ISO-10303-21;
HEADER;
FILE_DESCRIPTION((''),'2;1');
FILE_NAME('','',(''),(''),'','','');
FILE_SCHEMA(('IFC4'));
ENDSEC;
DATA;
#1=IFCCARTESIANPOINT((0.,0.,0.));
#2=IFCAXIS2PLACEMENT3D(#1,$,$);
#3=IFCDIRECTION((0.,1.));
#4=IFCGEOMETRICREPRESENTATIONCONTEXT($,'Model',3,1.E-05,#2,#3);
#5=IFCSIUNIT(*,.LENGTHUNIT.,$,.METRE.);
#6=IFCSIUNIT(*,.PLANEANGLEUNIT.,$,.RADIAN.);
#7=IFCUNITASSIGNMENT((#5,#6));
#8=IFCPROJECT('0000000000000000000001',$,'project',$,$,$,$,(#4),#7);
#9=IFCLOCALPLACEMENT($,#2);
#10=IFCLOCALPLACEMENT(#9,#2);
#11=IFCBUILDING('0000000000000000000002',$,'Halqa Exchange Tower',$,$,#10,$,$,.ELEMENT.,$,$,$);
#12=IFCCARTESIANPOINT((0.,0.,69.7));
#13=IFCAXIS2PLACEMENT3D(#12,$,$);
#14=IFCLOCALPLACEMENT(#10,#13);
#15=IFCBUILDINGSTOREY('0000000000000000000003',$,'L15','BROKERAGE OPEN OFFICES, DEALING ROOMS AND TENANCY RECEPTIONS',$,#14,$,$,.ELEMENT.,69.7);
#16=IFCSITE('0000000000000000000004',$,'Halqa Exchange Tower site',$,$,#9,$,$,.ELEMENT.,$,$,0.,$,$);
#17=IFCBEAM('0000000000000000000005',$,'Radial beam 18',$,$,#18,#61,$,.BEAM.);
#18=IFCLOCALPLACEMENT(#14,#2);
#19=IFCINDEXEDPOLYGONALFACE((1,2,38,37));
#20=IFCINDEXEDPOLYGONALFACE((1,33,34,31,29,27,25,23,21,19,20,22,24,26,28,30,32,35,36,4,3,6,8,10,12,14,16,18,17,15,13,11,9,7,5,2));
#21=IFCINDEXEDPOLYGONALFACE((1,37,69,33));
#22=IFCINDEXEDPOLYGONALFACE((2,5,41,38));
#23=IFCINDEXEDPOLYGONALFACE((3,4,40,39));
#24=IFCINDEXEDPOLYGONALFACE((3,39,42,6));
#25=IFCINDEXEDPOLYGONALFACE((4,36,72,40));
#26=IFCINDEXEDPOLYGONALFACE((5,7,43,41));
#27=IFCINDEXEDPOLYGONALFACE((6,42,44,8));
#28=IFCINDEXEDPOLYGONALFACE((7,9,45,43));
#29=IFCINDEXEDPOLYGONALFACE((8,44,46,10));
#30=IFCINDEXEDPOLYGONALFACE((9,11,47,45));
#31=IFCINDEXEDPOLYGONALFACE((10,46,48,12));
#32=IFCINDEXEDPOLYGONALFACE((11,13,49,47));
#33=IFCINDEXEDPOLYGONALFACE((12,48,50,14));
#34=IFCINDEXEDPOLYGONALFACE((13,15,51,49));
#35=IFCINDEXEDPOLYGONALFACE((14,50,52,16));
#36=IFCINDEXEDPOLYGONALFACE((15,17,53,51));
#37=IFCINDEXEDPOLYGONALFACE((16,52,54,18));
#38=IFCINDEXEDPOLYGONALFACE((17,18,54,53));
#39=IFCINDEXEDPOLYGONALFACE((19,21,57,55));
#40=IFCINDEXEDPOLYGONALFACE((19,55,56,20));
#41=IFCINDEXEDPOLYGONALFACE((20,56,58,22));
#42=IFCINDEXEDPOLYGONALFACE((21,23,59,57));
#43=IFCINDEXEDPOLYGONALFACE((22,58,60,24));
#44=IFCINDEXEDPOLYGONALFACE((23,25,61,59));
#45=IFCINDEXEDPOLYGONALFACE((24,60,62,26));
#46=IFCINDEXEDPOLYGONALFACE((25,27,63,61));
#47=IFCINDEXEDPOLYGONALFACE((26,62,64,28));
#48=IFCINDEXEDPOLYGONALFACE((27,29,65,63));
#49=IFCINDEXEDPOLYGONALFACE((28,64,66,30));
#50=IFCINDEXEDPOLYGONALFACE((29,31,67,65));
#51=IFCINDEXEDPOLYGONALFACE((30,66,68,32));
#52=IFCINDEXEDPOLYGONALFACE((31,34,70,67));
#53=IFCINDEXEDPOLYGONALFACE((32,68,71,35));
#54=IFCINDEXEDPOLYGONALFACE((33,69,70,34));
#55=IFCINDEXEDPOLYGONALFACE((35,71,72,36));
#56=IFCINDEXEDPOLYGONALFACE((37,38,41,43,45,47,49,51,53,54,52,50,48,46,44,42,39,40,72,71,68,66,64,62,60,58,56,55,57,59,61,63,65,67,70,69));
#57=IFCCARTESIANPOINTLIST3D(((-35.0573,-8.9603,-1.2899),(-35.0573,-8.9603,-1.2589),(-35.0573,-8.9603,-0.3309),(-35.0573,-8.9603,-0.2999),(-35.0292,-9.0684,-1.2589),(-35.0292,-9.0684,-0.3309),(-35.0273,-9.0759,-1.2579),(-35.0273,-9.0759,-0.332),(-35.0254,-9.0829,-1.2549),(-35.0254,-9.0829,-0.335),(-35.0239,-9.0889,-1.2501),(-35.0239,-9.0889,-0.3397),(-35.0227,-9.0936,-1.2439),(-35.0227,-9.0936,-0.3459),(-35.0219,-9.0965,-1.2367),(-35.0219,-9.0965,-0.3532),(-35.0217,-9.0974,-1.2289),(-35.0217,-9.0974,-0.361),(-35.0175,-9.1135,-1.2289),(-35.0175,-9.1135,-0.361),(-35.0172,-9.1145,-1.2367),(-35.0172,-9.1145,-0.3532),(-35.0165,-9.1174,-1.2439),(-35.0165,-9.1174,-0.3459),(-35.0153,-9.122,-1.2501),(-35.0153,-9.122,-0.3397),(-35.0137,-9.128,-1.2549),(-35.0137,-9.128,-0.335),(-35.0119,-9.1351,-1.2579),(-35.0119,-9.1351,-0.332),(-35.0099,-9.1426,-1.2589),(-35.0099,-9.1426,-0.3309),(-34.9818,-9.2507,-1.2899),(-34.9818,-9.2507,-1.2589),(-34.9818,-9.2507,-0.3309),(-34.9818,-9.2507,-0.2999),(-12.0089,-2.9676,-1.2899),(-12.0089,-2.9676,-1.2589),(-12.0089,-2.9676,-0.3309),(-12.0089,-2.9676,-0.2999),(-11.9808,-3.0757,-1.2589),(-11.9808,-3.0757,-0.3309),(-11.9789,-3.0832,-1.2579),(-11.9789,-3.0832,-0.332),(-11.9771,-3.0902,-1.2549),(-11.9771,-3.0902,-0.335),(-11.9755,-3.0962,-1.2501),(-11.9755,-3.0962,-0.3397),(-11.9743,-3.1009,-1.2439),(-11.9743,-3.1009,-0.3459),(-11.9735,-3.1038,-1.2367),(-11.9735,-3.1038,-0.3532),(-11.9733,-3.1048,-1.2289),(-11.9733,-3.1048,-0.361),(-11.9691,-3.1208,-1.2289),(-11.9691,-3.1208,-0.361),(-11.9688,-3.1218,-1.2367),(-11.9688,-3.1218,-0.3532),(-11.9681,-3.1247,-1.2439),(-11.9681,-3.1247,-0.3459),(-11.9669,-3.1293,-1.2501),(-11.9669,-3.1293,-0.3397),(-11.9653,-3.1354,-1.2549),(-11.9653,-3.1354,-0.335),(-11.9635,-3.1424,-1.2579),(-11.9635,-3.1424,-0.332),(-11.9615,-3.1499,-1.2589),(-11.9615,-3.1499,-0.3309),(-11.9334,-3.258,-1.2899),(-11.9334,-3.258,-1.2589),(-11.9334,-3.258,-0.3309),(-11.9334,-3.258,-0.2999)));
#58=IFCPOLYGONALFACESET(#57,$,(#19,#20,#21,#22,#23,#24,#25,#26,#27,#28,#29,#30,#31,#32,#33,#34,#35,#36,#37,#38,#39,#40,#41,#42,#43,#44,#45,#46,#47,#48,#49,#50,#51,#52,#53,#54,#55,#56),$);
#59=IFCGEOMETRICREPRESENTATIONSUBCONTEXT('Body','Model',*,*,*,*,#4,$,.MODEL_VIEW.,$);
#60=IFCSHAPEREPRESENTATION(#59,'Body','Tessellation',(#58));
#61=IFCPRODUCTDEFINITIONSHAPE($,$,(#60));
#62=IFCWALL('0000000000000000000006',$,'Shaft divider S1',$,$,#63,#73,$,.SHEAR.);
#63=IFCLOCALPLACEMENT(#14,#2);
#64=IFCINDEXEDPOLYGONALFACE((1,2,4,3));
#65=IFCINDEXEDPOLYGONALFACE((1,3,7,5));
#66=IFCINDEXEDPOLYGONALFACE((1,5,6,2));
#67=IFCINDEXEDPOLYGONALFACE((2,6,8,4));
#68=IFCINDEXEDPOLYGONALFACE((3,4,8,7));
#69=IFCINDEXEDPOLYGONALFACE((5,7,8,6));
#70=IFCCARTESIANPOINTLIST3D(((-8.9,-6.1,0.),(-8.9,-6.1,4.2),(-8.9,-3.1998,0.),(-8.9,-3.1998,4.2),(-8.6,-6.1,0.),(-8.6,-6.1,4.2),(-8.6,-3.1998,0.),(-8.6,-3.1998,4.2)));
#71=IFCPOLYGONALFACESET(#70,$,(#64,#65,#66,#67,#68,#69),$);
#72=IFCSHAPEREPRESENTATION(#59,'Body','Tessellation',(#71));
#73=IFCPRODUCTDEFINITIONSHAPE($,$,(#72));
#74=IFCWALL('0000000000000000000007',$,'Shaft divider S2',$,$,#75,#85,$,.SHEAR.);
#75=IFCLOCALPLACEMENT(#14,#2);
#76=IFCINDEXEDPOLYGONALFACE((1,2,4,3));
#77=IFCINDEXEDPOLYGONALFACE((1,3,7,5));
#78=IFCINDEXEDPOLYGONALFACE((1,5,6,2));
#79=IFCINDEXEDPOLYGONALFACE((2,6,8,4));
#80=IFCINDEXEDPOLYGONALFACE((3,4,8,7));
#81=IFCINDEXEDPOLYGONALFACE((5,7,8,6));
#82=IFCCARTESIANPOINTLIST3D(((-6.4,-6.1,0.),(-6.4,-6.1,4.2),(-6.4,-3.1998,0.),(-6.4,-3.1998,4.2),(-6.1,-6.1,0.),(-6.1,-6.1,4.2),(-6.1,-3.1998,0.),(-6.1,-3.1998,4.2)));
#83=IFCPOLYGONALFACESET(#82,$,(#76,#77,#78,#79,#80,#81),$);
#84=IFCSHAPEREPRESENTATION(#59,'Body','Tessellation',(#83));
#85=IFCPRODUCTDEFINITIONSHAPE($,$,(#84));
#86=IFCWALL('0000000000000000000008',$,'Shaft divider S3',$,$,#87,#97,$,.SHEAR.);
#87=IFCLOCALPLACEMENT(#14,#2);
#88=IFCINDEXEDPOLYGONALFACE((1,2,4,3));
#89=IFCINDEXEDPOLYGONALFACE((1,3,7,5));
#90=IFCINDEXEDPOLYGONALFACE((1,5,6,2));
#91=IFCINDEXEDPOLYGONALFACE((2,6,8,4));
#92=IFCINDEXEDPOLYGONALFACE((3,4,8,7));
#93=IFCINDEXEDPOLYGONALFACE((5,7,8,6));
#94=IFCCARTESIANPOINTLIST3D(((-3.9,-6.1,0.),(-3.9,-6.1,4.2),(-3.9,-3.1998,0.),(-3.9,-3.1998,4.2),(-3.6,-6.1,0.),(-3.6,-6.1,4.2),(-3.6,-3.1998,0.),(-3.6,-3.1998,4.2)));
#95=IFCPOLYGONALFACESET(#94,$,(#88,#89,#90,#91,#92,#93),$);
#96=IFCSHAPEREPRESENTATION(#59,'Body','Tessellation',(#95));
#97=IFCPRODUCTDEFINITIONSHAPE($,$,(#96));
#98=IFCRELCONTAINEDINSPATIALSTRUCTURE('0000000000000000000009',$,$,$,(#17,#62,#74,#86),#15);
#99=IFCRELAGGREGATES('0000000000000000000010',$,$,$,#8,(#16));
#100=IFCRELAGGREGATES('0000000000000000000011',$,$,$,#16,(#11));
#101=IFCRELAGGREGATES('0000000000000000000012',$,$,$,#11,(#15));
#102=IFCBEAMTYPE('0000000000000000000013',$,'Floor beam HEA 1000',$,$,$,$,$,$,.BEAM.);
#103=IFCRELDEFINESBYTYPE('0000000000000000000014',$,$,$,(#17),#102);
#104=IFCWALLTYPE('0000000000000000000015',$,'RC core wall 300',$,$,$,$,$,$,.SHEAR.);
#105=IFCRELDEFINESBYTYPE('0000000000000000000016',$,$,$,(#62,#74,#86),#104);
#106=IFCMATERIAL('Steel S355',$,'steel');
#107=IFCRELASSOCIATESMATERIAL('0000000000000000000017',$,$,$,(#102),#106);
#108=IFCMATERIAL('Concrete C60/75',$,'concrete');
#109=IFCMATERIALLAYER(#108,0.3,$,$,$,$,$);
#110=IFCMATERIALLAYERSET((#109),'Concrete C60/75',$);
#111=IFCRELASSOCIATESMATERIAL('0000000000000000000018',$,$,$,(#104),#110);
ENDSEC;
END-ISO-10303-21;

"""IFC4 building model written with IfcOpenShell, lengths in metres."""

from ifc_helpers import new_model, si_unit, direction, frame, frame_2d, origin, origin_2d, place, context, subcontext, project, spatial, rectangle, i_section, extrude, material, layer, layer_set, material_profile, profile_set, type_object, element, save


model = new_model("IFC4")

# Units and contexts
model_context = context("Model", 3, precision=1e-05, world=origin(), true_north=direction((0.0, 1.0)))
body_context = subcontext(model_context, "Body", "Model", "MODEL_VIEW")
ifc_project = project(units=[si_unit("LENGTHUNIT", "METRE"), si_unit("PLANEANGLEUNIT", "RADIAN")], contexts=[model_context])

# Site, building, storey
site_placement = place(None, origin())
site = spatial("IfcSite", under=ifc_project, at=site_placement, Name="Halqa Exchange Tower site", CompositionType="ELEMENT", RefElevation=0.0)
building_placement = place(site_placement, origin())
building = spatial("IfcBuilding", under=site, at=building_placement, Name="Halqa Exchange Tower", CompositionType="ELEMENT")
storey_placement = place(building_placement, frame((0.0, 0.0, 69.7)))
storey = spatial("IfcBuildingStorey", under=building, at=storey_placement, Name="L15", Description="BROKERAGE OPEN OFFICES, DEALING ROOMS AND TENANCY RECEPTIONS", CompositionType="ELEMENT", Elevation=69.7)

# Beam
ifc_material_1 = material(Name="Steel S355", Category="steel")
ifc_material_profile = material_profile(ifc_material_1, i_section(OverallWidth=0.3, OverallDepth=0.99, WebThickness=0.0166, FlangeThickness=0.031, FilletRadius=0.03, at=origin_2d()), Name="HEA 1000")
ifc_profile_set = profile_set([ifc_material_profile], Name="Steel S355")
beam_type = type_object("IfcBeamType", Name="Floor beam HEA 1000", PredefinedType="BEAM", material=ifc_profile_set)
beam_placement = place(storey_placement, frame((-11.9712, -3.1128, -0.7949), z_axis=(-0.967821, -0.251638, 0.0), x_axis=(0.251638, -0.967821, 0.0)))
element("IfcBeam", 1, at=beam_placement, inside=storey, type_object=beam_type, Name="Radial beam 18", PredefinedType="BEAM", context=body_context, shape_type="SweptSolid", body=[
    extrude(i_section(OverallWidth=0.3, OverallDepth=0.99, WebThickness=0.0166, FlangeThickness=0.031, FilletRadius=0.03, at=origin_2d()), origin(), (0.0, 0.0, 1.0), 23.8147),
])

# Walls
ifc_material_2 = material(Name="Concrete C60/75", Category="concrete")
ifc_layer_1 = layer(ifc_material_2, 0.3)
ifc_layer_set_1 = layer_set([ifc_layer_1], Name="Concrete C60/75")
wall_type_1 = type_object("IfcWallType", Name="RC core wall 300", PredefinedType="SHEAR", material=ifc_layer_set_1)
for number, where, z_axis, x_axis, name in (
    (2, (-8.75, -6.1001, 0.0), (0.0, 0.0, 1.0), (0.0, 1.0, 0.0), "Shaft divider S1"),
    (3, (-6.25, -6.1001, 0.0), (0.0, 0.0, 1.0), (0.0, 1.0, 0.0), "Shaft divider S2"),
    (4, (-3.75, -6.1001, 0.0), (0.0, 0.0, 1.0), (0.0, 1.0, 0.0), "Shaft divider S3"),
):
    element("IfcWall", number, at=place(storey_placement, frame(where, z_axis=z_axis, x_axis=x_axis)), inside=storey, type_object=wall_type_1, Name=name, PredefinedType="SHEAR", context=body_context, shape_type="SweptSolid", body=[
        extrude(rectangle(XDim=2.9001, YDim=0.3, at=frame_2d((1.4502, 0.0))), origin(), (0.0, 0.0, 1.0), 4.2),
    ])

save(model, "model.ifc")
